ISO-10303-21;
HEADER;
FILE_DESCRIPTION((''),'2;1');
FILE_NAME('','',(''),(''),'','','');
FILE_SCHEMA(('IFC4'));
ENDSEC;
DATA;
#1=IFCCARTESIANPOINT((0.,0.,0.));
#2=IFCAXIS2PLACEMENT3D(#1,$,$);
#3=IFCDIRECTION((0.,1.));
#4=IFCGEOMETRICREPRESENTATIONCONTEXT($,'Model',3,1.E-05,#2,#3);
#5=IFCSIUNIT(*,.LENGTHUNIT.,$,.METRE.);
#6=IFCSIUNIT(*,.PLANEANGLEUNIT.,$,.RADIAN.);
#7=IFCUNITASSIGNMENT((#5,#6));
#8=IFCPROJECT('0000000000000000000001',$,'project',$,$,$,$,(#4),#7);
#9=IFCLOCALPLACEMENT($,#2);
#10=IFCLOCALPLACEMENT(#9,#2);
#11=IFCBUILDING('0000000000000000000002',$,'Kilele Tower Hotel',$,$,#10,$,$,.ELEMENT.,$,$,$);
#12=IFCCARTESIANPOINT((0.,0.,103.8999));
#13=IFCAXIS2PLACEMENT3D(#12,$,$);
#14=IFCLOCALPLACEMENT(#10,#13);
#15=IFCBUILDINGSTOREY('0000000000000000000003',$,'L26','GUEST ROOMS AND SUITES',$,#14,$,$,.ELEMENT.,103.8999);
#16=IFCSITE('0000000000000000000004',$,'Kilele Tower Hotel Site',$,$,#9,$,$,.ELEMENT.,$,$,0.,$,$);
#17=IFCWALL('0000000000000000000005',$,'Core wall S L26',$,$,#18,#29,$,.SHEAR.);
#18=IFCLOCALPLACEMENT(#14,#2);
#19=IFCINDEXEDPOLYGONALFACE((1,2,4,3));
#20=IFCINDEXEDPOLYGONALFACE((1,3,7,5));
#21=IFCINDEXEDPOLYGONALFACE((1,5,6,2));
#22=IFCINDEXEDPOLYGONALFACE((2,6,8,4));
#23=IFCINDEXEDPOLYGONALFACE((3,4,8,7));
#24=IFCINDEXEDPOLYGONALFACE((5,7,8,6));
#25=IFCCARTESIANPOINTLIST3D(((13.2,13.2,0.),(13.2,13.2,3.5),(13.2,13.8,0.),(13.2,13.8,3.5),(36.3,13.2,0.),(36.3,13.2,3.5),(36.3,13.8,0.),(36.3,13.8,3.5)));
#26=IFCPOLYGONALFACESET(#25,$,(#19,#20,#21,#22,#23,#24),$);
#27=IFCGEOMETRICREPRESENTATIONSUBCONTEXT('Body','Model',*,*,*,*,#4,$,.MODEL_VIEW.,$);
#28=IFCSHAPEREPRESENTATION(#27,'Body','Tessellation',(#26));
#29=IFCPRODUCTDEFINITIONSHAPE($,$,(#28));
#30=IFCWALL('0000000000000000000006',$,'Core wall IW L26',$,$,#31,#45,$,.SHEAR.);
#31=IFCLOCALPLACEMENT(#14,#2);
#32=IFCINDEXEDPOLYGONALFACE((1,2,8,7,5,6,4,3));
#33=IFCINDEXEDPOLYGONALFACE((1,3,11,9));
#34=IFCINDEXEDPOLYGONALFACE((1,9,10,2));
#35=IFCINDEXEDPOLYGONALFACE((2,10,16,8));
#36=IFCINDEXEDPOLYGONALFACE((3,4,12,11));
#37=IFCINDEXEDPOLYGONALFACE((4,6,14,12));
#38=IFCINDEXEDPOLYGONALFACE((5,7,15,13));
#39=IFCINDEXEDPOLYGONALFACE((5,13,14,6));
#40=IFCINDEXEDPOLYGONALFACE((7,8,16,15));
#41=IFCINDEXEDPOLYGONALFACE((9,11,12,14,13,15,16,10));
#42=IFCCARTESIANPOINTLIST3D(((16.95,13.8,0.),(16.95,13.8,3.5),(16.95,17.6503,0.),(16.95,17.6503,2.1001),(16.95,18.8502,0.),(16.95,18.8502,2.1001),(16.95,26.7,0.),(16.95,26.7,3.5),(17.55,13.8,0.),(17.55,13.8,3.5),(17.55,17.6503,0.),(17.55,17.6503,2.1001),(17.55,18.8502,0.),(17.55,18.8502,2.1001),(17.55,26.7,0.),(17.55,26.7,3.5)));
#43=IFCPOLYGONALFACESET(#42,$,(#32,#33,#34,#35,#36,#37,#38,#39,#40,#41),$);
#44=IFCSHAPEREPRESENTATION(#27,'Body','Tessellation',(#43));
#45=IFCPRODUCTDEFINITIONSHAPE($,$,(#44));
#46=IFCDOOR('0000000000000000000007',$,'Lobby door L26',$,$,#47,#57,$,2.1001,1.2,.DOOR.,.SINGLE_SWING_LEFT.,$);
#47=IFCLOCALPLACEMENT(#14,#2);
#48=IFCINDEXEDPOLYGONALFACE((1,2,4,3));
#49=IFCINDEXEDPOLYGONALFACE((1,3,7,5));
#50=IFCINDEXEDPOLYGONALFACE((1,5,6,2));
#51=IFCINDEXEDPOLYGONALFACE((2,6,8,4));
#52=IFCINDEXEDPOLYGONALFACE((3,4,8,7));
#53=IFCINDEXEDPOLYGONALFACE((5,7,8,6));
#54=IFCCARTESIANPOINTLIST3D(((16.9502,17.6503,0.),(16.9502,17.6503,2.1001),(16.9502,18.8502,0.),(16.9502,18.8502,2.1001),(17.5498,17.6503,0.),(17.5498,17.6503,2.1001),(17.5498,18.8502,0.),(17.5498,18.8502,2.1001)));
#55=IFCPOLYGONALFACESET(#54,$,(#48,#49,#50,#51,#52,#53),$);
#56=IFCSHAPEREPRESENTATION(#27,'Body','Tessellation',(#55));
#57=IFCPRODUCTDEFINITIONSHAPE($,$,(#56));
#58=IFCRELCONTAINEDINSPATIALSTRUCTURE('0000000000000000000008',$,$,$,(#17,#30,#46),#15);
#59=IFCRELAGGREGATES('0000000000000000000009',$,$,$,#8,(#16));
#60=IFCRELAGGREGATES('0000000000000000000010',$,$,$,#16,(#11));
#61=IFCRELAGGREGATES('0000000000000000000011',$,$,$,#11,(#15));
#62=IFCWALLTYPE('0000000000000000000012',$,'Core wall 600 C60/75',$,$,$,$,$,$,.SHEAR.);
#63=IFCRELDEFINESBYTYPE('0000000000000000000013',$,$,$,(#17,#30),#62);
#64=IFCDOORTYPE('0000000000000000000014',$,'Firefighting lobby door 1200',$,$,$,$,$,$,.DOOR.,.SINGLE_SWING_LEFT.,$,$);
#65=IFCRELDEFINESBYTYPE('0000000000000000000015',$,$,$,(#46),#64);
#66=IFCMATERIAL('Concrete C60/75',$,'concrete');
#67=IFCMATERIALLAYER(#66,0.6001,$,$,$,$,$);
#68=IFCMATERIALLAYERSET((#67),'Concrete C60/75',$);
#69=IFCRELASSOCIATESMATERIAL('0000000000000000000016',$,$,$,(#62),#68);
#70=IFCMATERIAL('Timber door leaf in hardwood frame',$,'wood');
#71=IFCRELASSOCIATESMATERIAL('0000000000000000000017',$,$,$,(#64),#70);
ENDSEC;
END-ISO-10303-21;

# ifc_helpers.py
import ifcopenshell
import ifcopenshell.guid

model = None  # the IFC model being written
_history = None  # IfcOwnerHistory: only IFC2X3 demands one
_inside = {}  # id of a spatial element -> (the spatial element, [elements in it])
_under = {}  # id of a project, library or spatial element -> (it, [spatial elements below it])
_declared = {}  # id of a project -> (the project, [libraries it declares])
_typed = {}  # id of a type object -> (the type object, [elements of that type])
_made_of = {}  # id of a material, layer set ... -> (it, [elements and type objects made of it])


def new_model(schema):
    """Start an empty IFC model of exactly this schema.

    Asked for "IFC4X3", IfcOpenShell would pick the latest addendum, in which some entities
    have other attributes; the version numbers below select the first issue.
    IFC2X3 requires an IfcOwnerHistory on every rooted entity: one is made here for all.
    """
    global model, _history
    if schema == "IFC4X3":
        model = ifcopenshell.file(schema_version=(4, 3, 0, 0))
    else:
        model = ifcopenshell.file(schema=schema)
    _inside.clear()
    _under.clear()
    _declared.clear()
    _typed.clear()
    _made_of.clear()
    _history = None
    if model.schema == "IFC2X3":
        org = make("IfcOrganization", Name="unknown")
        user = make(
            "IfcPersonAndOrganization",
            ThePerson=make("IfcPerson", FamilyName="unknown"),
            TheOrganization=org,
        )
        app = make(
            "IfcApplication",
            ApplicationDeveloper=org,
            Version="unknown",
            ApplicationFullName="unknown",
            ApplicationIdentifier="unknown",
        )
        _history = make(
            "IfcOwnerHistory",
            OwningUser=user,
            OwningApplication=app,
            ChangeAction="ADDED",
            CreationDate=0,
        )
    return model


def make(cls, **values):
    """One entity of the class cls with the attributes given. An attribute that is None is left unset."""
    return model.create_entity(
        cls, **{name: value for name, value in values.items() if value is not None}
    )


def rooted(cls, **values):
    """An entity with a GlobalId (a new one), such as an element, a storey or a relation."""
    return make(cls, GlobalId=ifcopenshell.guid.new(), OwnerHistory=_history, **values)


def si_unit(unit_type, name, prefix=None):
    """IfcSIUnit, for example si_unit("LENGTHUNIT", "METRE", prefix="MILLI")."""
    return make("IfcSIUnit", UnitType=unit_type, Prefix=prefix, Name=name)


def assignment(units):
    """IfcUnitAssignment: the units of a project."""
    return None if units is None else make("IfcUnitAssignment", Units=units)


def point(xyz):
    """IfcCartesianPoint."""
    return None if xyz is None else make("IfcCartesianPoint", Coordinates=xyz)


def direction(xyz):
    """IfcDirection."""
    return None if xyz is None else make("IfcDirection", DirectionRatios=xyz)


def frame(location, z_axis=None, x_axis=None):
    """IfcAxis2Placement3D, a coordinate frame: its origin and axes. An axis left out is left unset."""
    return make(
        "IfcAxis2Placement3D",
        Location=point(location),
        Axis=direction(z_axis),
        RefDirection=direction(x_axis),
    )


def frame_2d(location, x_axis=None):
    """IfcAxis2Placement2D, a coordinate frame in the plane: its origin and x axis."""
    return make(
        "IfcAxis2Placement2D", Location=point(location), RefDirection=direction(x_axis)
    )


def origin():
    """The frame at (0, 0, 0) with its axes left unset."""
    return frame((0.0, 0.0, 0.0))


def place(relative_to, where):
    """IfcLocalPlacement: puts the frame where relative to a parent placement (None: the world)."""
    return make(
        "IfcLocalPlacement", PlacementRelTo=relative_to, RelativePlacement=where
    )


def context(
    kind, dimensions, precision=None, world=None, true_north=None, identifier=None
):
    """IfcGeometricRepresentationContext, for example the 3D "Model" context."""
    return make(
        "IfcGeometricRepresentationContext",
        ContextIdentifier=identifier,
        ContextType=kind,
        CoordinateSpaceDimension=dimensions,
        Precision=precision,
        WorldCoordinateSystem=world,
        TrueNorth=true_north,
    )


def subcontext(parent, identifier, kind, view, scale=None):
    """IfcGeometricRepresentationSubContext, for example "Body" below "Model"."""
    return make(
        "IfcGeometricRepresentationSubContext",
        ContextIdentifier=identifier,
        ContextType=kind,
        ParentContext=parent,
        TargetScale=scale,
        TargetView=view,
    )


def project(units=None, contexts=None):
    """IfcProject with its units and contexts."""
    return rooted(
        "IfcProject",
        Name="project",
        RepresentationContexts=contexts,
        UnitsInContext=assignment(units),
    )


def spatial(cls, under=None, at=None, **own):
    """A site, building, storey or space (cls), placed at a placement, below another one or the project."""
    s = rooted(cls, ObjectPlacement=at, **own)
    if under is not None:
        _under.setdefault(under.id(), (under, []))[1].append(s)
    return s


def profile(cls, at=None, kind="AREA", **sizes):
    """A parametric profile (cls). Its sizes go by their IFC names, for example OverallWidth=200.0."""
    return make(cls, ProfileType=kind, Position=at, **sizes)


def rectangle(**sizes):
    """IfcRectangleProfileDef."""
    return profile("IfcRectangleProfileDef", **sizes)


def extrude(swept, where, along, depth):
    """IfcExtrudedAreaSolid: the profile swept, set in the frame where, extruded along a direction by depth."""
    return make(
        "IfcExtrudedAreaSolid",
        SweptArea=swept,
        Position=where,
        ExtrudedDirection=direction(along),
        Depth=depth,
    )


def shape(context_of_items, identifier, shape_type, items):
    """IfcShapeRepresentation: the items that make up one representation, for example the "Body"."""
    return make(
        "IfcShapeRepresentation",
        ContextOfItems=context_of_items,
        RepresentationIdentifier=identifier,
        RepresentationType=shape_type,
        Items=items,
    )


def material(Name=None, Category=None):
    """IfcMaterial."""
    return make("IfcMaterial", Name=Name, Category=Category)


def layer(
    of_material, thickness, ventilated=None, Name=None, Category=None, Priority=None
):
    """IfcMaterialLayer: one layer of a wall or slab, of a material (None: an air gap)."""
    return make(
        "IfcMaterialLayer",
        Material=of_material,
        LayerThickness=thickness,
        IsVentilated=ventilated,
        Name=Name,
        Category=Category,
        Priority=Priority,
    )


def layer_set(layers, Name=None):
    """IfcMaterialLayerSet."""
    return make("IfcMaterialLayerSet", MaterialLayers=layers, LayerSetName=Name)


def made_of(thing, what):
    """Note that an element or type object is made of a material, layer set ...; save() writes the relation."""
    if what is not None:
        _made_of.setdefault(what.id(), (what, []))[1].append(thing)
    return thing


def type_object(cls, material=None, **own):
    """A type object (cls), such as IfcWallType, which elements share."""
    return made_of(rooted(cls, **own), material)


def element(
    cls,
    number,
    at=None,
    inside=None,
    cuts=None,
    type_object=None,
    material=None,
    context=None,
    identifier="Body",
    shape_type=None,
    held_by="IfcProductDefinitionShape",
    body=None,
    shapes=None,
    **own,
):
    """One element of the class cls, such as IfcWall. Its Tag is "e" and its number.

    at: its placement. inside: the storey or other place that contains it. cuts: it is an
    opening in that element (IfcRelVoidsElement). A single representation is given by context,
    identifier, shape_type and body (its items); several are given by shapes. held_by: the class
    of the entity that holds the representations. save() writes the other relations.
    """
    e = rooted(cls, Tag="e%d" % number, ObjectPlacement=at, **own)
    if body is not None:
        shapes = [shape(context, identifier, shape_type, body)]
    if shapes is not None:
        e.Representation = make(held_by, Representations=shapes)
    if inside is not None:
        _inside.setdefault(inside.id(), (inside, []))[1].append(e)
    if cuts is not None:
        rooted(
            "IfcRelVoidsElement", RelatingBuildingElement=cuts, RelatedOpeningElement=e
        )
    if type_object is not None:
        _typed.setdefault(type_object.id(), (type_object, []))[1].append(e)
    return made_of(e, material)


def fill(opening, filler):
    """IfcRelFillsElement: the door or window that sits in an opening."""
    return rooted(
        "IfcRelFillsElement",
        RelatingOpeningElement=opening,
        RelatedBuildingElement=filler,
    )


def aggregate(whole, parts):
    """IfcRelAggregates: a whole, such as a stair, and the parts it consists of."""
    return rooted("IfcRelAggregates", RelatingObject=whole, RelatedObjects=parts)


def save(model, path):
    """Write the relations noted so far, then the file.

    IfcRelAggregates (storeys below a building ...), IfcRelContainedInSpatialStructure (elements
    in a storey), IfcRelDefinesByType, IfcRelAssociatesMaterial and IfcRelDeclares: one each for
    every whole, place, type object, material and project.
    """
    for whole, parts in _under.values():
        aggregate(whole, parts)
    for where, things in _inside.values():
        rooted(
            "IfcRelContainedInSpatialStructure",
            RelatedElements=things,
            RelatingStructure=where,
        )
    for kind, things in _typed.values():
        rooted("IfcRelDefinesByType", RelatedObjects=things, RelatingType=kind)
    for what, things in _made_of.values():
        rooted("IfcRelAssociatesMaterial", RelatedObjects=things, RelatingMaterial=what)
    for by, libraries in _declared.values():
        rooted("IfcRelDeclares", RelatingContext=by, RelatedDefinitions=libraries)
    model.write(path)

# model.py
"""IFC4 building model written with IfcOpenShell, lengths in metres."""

from ifc_helpers import new_model, si_unit, direction, frame, frame_2d, origin, place, context, subcontext, project, spatial, rectangle, extrude, material, layer, layer_set, type_object, element, fill, save


model = new_model("IFC4")

# Units and contexts
model_context = context("Model", 3, precision=1e-05, world=origin(), true_north=direction((0.0, 1.0)))
body_context = subcontext(model_context, "Body", "Model", "MODEL_VIEW")
ifc_project = project(units=[si_unit("LENGTHUNIT", "METRE"), si_unit("PLANEANGLEUNIT", "RADIAN")], contexts=[model_context])

# Site, building, storey
site_placement = place(None, origin())
site = spatial("IfcSite", under=ifc_project, at=site_placement, Name="Kilele Tower Hotel Site", CompositionType="ELEMENT", RefElevation=0.0)
building_placement = place(site_placement, origin())
building = spatial("IfcBuilding", under=site, at=building_placement, Name="Kilele Tower Hotel", CompositionType="ELEMENT")
storey_placement = place(building_placement, frame((0.0, 0.0, 103.8999)))
storey = spatial("IfcBuildingStorey", under=building, at=storey_placement, Name="L26", Description="GUEST ROOMS AND SUITES", CompositionType="ELEMENT", Elevation=103.8999)

# Wall
ifc_material_1 = material(Name="Concrete C60/75", Category="concrete")
ifc_layer_1 = layer(ifc_material_1, 0.6001)
ifc_layer_set_1 = layer_set([ifc_layer_1], Name="Concrete C60/75")
wall_type_1 = type_object("IfcWallType", Name="Core wall 600 C60/75", PredefinedType="SHEAR", material=ifc_layer_set_1)
wall_1_placement = place(storey_placement, frame((13.2, 13.5, 0.0), z_axis=(0.0, 0.0, 1.0), x_axis=(1.0, 0.0, 0.0)))
element("IfcWall", 1, at=wall_1_placement, inside=storey, type_object=wall_type_1, Name="Core wall S L26", PredefinedType="SHEAR", context=body_context, shape_type="SweptSolid", body=[
    extrude(rectangle(XDim=23.1001, YDim=0.6001, at=frame_2d((11.55, 0.0))), origin(), (0.0, 0.0, 1.0), 3.5),
])

# Wall, opening, door
wall_2_placement = place(storey_placement, frame((17.25, 13.8, 0.0), z_axis=(0.0, 0.0, 1.0), x_axis=(0.0, 1.0, 0.0)))
wall_2 = element("IfcWall", 2, at=wall_2_placement, inside=storey, type_object=wall_type_1, Name="Core wall IW L26", PredefinedType="SHEAR", context=body_context, shape_type="SweptSolid", body=[
    extrude(rectangle(XDim=12.8999, YDim=0.6001, at=frame_2d((6.45, 0.0))), origin(), (0.0, 0.0, 1.0), 3.5),
])
opening_1_placement = place(wall_2_placement, frame((3.8501, 0.0, 0.0)))
opening_1 = element("IfcOpeningElement", 3, at=opening_1_placement, cuts=wall_2, PredefinedType="OPENING", context=body_context, shape_type="SweptSolid", body=[
    extrude(rectangle(XDim=1.2, YDim=2.1001, at=frame_2d((0.6001, 1.05))), frame((0.0, 0.3101, 0.0), z_axis=(0.0, -1.0, 0.0), x_axis=(1.0, 0.0, 0.0)), (0.0, 0.0, 1.0), 0.6201),
])
ifc_material_2 = material(Name="Timber door leaf in hardwood frame", Category="wood")
door_type_1 = type_object("IfcDoorType", Name="Firefighting lobby door 1200", OperationType="SINGLE_SWING_LEFT", PredefinedType="DOOR", material=ifc_material_2)
door_1_placement = place(opening_1_placement, origin())
door_1 = element("IfcDoor", 4, at=door_1_placement, inside=storey, type_object=door_type_1, Name="Lobby door L26", OperationType="SINGLE_SWING_LEFT", OverallHeight=2.1001, OverallWidth=1.2, PredefinedType="DOOR", context=body_context, shape_type="SweptSolid", body=[
    extrude(rectangle(XDim=1.2, YDim=2.1001, at=frame_2d((0.6001, 1.05))), frame((0.0, 0.2998, 0.0), z_axis=(0.0, -1.0, 0.0), x_axis=(1.0, 0.0, 0.0)), (0.0, 0.0, 1.0), 0.5996),
])
fill(opening_1, door_1)

save(model, "model.ifc")
